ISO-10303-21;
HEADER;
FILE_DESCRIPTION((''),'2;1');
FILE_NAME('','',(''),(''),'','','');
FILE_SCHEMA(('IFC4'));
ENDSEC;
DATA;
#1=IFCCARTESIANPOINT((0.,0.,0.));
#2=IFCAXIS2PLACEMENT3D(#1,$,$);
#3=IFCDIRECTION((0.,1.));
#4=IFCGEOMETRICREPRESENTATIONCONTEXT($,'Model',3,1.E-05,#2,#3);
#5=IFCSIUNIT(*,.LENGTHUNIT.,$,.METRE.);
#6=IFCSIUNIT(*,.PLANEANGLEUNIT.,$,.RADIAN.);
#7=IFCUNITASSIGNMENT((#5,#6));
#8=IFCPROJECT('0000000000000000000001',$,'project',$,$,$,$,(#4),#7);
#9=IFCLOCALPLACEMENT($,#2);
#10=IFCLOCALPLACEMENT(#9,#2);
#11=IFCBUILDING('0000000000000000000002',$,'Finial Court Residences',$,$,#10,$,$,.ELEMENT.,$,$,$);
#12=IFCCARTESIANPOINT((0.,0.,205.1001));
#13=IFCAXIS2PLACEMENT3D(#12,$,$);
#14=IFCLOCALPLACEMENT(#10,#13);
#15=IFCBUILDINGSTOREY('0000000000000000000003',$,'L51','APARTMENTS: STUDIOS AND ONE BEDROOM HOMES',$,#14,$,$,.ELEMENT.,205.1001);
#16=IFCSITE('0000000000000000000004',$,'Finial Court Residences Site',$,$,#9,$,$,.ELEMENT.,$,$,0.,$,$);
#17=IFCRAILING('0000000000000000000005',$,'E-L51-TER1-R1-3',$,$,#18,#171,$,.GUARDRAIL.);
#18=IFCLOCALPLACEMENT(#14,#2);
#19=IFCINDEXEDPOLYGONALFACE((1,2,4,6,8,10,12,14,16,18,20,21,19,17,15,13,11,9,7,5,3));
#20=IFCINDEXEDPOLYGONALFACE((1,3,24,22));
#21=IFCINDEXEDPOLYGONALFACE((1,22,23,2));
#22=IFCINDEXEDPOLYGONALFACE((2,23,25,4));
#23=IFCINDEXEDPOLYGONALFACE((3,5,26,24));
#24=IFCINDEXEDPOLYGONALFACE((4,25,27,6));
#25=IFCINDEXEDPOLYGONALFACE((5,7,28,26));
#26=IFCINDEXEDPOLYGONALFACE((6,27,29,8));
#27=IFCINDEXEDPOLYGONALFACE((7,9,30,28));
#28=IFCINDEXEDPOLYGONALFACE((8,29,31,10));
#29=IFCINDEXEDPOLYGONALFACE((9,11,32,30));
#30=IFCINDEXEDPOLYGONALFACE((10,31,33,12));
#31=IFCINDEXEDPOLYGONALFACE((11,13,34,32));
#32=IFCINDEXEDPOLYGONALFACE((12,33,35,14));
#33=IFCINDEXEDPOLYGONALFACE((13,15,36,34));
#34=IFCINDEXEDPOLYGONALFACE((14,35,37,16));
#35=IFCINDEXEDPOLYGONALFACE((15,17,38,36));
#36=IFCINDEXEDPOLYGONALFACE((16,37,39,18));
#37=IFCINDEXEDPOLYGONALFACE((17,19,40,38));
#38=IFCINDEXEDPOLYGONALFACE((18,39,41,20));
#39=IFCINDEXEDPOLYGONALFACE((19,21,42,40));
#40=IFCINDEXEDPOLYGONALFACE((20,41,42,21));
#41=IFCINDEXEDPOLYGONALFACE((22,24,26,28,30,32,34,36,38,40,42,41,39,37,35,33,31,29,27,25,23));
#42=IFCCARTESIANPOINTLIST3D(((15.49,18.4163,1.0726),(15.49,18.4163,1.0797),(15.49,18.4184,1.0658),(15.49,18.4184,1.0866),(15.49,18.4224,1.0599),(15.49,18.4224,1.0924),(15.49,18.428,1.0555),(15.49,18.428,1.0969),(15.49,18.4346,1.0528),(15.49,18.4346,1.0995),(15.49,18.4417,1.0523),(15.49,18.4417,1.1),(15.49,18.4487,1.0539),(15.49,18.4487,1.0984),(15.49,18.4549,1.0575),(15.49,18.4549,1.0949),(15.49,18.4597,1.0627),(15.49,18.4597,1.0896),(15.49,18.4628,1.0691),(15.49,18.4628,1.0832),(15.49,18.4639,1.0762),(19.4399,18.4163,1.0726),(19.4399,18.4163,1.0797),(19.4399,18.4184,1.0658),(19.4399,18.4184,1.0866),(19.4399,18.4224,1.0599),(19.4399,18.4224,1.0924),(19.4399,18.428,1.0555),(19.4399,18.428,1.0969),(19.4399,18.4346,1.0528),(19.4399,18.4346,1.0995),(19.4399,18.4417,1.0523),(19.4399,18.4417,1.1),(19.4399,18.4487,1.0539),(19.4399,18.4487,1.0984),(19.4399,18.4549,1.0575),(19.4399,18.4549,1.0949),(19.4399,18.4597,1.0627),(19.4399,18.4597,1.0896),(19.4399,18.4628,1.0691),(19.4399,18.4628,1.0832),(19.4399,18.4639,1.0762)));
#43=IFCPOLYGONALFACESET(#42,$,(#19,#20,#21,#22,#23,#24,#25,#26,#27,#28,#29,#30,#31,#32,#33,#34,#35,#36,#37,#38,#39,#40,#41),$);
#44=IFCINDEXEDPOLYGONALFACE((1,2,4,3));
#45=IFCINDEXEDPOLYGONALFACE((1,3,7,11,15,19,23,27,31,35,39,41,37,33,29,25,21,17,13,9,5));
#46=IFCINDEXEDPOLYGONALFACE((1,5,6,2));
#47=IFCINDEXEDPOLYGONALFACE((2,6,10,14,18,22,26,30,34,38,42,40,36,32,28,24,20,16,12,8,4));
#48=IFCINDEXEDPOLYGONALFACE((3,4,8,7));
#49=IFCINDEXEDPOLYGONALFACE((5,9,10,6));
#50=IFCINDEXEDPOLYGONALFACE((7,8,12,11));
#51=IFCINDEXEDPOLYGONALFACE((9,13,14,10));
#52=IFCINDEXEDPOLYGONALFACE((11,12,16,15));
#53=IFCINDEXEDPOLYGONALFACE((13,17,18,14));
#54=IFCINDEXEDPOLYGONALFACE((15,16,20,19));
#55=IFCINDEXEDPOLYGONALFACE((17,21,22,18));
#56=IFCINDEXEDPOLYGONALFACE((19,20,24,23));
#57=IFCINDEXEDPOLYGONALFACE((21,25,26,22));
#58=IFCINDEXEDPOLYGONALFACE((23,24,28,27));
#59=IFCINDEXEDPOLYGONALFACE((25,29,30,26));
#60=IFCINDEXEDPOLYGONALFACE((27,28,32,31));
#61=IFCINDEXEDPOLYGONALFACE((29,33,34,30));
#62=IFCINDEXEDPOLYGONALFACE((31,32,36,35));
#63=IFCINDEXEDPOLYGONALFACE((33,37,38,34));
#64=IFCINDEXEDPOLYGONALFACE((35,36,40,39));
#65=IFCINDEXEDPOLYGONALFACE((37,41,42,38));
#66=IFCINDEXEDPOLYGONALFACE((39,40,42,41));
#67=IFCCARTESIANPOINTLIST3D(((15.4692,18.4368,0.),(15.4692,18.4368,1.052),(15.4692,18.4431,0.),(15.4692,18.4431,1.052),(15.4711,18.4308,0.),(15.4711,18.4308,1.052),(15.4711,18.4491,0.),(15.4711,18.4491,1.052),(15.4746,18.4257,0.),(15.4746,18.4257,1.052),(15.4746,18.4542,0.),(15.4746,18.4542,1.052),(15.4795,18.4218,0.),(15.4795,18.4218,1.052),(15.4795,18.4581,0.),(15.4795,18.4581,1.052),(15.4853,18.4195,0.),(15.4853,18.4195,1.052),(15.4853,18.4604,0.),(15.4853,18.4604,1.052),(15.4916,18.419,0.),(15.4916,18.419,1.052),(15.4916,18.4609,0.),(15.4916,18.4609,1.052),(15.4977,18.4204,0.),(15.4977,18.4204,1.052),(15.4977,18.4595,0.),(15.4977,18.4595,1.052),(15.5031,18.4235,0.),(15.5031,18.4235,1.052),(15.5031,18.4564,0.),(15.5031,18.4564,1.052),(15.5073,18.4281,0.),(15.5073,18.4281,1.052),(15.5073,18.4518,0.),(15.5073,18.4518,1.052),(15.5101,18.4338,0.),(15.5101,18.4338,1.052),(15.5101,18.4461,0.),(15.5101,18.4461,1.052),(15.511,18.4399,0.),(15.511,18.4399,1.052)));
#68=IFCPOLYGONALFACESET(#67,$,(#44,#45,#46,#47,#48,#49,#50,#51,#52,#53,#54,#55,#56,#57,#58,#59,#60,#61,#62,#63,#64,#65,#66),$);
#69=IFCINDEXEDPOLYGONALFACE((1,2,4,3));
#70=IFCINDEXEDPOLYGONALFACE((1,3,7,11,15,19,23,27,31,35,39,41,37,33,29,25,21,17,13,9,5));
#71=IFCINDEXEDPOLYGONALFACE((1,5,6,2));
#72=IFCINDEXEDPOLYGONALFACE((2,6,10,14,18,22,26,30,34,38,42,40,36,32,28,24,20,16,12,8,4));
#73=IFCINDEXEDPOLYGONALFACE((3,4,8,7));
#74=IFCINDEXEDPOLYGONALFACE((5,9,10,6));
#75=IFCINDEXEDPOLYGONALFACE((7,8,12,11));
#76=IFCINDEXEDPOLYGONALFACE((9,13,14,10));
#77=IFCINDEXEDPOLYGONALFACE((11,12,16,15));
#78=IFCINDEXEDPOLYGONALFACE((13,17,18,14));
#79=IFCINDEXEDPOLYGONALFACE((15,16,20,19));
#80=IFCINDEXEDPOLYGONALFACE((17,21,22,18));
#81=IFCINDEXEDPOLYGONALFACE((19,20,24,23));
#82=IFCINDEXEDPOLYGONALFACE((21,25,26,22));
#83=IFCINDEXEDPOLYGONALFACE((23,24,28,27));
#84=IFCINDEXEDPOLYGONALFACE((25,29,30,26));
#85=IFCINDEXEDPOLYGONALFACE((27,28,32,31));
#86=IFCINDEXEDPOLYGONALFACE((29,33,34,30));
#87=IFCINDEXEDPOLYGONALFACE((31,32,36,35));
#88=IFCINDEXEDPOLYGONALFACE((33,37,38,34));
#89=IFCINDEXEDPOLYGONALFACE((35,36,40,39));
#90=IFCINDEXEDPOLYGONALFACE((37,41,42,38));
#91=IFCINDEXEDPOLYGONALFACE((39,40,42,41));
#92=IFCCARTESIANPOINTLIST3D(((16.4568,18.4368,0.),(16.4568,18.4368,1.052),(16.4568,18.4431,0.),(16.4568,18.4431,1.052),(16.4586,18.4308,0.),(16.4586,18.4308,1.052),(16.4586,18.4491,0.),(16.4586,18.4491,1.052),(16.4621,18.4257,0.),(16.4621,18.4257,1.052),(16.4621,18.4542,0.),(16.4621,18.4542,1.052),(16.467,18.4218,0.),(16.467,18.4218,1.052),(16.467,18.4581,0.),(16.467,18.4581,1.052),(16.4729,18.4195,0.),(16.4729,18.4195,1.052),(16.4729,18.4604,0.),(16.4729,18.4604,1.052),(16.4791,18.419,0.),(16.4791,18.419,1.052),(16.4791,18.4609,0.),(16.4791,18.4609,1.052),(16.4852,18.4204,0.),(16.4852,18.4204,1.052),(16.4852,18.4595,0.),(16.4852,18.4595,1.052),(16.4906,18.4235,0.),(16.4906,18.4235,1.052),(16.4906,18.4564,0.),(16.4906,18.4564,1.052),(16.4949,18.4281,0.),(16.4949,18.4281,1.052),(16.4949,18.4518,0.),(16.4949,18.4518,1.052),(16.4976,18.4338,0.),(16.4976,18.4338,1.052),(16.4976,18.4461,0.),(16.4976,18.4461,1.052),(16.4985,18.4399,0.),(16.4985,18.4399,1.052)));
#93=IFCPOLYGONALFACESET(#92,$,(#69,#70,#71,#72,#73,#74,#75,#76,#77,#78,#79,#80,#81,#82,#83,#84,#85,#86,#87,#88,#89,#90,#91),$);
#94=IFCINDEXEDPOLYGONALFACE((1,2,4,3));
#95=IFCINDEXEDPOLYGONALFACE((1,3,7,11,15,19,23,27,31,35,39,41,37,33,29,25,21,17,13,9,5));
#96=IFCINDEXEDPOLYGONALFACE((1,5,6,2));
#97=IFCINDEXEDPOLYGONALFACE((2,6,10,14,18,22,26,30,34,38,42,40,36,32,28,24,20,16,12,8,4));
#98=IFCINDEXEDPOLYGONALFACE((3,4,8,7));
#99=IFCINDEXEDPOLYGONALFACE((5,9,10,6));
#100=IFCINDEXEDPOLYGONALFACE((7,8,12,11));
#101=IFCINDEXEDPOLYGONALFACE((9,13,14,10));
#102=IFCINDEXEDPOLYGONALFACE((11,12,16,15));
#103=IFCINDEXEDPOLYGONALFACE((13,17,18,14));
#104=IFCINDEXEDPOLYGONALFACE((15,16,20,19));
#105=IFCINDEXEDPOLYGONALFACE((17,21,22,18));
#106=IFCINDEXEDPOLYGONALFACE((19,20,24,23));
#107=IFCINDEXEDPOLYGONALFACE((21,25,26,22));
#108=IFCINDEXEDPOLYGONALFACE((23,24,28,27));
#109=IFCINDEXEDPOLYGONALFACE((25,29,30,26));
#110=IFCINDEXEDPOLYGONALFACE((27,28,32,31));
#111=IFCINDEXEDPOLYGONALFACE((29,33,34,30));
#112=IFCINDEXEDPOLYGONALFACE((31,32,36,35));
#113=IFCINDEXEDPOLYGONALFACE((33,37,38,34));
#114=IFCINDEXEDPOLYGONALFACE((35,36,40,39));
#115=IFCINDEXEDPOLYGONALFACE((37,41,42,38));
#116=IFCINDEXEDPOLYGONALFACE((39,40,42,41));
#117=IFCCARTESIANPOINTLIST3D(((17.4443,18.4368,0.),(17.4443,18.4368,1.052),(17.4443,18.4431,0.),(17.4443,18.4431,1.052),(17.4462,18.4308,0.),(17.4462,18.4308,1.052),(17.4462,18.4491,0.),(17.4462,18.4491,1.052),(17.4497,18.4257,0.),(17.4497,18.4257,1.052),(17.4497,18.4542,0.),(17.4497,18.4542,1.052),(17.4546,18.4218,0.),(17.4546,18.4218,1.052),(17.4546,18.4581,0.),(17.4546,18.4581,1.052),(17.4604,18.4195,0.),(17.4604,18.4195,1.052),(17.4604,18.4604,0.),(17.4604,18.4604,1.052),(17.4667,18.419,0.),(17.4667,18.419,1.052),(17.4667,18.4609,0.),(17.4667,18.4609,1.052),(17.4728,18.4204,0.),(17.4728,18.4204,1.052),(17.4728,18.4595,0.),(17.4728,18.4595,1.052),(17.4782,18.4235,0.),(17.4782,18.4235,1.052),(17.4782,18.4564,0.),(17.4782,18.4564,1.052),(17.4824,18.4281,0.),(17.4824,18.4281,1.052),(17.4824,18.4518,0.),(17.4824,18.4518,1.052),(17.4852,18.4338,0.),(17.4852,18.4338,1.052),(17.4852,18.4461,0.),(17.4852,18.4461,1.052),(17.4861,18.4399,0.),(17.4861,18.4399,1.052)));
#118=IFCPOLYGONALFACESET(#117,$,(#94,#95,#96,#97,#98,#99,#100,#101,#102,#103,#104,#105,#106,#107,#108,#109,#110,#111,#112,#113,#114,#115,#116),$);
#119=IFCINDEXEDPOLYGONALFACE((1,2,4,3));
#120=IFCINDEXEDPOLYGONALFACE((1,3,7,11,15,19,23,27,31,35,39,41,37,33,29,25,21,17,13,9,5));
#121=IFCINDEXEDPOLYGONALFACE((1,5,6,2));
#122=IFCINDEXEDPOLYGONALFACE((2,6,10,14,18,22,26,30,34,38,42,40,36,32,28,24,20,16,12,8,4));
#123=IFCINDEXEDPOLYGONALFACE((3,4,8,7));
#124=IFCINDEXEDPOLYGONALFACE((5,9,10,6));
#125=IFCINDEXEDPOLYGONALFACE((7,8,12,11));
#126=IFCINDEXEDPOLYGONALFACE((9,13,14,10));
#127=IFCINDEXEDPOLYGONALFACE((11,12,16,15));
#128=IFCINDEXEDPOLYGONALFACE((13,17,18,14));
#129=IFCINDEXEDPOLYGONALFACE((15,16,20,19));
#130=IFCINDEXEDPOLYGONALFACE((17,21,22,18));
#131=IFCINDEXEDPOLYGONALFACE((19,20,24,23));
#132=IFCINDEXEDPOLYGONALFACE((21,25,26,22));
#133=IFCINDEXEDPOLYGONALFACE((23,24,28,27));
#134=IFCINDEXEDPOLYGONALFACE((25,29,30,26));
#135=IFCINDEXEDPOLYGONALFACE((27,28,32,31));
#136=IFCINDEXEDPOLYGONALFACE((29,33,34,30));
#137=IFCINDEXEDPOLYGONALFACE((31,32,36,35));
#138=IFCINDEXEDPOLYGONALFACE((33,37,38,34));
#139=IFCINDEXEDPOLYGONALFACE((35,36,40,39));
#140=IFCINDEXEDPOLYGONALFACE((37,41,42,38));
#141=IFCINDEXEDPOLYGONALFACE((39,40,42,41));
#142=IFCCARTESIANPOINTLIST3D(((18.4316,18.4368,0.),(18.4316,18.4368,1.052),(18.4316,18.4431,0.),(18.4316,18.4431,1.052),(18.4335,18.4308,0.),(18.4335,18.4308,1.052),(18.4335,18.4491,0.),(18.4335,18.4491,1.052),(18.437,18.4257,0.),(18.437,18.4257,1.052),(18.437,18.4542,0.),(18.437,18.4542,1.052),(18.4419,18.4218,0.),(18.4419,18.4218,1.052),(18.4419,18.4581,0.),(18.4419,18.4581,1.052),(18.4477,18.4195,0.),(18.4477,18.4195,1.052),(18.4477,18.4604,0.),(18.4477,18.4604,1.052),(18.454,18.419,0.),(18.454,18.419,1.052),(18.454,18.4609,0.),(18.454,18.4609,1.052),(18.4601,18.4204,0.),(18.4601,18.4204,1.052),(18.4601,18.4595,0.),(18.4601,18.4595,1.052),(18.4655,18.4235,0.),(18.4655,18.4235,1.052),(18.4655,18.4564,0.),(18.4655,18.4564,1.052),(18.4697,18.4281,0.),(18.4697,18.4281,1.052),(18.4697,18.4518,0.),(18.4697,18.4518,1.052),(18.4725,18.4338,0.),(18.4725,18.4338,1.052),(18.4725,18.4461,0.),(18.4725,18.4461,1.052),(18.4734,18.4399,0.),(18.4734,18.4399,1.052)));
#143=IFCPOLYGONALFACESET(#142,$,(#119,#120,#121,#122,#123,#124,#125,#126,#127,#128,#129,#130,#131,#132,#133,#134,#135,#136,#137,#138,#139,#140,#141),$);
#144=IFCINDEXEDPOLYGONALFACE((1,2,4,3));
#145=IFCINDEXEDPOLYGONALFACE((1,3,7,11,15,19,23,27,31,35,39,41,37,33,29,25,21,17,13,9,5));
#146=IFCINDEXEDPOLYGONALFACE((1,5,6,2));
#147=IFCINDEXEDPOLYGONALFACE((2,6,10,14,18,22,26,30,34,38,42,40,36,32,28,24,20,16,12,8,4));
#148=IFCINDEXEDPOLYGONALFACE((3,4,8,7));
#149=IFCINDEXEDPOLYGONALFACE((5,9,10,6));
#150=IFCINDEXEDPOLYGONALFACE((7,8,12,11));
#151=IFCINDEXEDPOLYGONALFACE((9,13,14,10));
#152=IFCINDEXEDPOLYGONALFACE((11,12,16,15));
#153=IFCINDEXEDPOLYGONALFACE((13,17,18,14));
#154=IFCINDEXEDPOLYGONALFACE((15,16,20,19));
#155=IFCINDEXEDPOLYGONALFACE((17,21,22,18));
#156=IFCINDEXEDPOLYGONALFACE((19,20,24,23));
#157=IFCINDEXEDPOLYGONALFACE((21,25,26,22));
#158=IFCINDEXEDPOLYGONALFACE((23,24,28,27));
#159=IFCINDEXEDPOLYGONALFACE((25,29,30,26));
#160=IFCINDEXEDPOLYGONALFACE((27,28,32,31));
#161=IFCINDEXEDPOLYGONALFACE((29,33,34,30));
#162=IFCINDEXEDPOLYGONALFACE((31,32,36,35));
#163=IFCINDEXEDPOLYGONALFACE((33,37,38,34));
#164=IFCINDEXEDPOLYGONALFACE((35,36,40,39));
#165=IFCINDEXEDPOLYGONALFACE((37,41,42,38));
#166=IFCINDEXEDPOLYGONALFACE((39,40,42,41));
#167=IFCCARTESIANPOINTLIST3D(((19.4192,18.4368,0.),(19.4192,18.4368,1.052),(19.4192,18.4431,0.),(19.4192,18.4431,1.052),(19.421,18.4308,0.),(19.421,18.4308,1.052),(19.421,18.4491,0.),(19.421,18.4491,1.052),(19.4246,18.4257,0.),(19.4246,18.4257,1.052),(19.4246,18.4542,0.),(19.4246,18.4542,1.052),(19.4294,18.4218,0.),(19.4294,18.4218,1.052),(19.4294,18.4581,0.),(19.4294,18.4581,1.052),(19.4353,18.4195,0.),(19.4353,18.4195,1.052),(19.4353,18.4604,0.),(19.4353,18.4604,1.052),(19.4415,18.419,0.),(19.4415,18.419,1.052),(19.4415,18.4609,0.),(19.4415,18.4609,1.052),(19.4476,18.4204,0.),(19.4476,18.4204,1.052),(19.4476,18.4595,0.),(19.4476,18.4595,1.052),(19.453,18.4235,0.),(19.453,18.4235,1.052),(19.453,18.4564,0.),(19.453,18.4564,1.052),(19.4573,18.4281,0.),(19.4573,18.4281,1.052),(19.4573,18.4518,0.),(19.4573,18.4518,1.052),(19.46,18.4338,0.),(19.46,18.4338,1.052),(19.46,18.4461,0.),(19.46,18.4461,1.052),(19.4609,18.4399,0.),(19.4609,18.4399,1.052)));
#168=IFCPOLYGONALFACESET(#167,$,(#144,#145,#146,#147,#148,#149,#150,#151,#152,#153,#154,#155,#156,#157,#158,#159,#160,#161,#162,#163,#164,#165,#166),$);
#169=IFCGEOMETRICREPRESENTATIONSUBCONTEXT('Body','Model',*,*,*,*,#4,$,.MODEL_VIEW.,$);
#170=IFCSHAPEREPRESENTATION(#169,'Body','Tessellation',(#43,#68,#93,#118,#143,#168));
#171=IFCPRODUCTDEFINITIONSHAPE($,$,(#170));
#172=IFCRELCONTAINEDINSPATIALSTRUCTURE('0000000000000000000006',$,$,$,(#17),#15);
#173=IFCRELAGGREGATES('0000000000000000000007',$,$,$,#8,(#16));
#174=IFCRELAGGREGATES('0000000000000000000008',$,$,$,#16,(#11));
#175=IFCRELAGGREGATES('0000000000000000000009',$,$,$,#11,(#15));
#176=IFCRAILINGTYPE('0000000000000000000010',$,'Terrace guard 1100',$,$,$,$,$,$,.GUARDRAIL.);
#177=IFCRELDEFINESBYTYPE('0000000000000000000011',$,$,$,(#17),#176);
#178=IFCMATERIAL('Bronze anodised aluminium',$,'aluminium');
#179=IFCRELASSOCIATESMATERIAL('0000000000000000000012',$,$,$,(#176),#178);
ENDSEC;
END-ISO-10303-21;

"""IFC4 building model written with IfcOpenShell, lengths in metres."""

from ifc_helpers import new_model, si_unit, direction, frame, origin, origin_2d, place, context, subcontext, project, spatial, circle, extrude, material, type_object, element, save


model = new_model("IFC4")

# Units and contexts
model_context = context("Model", 3, precision=1e-05, world=origin(), true_north=direction((0.0, 1.0)))
body_context = subcontext(model_context, "Body", "Model", "MODEL_VIEW")
ifc_project = project(units=[si_unit("LENGTHUNIT", "METRE"), si_unit("PLANEANGLEUNIT", "RADIAN")], contexts=[model_context])

# Site, building, storey
site_placement = place(None, origin())
site = spatial("IfcSite", under=ifc_project, at=site_placement, Name="Finial Court Residences Site", CompositionType="ELEMENT", RefElevation=0.0)
building_placement = place(site_placement, origin())
building = spatial("IfcBuilding", under=site, at=building_placement, Name="Finial Court Residences", CompositionType="ELEMENT")
storey_placement = place(building_placement, frame((0.0, 0.0, 205.1001)))
storey = spatial("IfcBuildingStorey", under=building, at=storey_placement, Name="L51", Description="APARTMENTS: STUDIOS AND ONE BEDROOM HOMES", CompositionType="ELEMENT", Elevation=205.1001)

# Shared definitions
ifc_material_1 = material(Name="Bronze anodised aluminium", Category="aluminium")

# Railing
railing_type = type_object("IfcRailingType", Name="Terrace guard 1100", PredefinedType="GUARDRAIL", material=ifc_material_1)
railing_1_placement = place(storey_placement, frame((15.49, 18.4399, 0.0)))
element("IfcRailing", 1, at=railing_1_placement, inside=storey, type_object=railing_type, Name="E-L51-TER1-R1-3", PredefinedType="GUARDRAIL", context=body_context, shape_type="SweptSolid", body=[
    extrude(circle(Radius=0.0239, at=origin_2d()), frame((0.0, 0.0, 1.0762), z_axis=(1.0, 0.0, 0.0), x_axis=(0.0, 1.0, 0.0)), (0.0, 0.0, 1.0), 3.95),
    extrude(circle(Radius=0.021, at=origin_2d()), origin(), (0.0, 0.0, 1.0), 1.052),
    extrude(circle(Radius=0.021, at=origin_2d()), frame((0.9875, 0.0, 0.0)), (0.0, 0.0, 1.0), 1.052),
    extrude(circle(Radius=0.021, at=origin_2d()), frame((1.9751, 0.0, 0.0)), (0.0, 0.0, 1.0), 1.052),
    extrude(circle(Radius=0.021, at=origin_2d()), frame((2.9624, 0.0, 0.0)), (0.0, 0.0, 1.0), 1.052),
    extrude(circle(Radius=0.021, at=origin_2d()), frame((3.95, 0.0, 0.0)), (0.0, 0.0, 1.0), 1.052),
])

save(model, "model.ifc")
